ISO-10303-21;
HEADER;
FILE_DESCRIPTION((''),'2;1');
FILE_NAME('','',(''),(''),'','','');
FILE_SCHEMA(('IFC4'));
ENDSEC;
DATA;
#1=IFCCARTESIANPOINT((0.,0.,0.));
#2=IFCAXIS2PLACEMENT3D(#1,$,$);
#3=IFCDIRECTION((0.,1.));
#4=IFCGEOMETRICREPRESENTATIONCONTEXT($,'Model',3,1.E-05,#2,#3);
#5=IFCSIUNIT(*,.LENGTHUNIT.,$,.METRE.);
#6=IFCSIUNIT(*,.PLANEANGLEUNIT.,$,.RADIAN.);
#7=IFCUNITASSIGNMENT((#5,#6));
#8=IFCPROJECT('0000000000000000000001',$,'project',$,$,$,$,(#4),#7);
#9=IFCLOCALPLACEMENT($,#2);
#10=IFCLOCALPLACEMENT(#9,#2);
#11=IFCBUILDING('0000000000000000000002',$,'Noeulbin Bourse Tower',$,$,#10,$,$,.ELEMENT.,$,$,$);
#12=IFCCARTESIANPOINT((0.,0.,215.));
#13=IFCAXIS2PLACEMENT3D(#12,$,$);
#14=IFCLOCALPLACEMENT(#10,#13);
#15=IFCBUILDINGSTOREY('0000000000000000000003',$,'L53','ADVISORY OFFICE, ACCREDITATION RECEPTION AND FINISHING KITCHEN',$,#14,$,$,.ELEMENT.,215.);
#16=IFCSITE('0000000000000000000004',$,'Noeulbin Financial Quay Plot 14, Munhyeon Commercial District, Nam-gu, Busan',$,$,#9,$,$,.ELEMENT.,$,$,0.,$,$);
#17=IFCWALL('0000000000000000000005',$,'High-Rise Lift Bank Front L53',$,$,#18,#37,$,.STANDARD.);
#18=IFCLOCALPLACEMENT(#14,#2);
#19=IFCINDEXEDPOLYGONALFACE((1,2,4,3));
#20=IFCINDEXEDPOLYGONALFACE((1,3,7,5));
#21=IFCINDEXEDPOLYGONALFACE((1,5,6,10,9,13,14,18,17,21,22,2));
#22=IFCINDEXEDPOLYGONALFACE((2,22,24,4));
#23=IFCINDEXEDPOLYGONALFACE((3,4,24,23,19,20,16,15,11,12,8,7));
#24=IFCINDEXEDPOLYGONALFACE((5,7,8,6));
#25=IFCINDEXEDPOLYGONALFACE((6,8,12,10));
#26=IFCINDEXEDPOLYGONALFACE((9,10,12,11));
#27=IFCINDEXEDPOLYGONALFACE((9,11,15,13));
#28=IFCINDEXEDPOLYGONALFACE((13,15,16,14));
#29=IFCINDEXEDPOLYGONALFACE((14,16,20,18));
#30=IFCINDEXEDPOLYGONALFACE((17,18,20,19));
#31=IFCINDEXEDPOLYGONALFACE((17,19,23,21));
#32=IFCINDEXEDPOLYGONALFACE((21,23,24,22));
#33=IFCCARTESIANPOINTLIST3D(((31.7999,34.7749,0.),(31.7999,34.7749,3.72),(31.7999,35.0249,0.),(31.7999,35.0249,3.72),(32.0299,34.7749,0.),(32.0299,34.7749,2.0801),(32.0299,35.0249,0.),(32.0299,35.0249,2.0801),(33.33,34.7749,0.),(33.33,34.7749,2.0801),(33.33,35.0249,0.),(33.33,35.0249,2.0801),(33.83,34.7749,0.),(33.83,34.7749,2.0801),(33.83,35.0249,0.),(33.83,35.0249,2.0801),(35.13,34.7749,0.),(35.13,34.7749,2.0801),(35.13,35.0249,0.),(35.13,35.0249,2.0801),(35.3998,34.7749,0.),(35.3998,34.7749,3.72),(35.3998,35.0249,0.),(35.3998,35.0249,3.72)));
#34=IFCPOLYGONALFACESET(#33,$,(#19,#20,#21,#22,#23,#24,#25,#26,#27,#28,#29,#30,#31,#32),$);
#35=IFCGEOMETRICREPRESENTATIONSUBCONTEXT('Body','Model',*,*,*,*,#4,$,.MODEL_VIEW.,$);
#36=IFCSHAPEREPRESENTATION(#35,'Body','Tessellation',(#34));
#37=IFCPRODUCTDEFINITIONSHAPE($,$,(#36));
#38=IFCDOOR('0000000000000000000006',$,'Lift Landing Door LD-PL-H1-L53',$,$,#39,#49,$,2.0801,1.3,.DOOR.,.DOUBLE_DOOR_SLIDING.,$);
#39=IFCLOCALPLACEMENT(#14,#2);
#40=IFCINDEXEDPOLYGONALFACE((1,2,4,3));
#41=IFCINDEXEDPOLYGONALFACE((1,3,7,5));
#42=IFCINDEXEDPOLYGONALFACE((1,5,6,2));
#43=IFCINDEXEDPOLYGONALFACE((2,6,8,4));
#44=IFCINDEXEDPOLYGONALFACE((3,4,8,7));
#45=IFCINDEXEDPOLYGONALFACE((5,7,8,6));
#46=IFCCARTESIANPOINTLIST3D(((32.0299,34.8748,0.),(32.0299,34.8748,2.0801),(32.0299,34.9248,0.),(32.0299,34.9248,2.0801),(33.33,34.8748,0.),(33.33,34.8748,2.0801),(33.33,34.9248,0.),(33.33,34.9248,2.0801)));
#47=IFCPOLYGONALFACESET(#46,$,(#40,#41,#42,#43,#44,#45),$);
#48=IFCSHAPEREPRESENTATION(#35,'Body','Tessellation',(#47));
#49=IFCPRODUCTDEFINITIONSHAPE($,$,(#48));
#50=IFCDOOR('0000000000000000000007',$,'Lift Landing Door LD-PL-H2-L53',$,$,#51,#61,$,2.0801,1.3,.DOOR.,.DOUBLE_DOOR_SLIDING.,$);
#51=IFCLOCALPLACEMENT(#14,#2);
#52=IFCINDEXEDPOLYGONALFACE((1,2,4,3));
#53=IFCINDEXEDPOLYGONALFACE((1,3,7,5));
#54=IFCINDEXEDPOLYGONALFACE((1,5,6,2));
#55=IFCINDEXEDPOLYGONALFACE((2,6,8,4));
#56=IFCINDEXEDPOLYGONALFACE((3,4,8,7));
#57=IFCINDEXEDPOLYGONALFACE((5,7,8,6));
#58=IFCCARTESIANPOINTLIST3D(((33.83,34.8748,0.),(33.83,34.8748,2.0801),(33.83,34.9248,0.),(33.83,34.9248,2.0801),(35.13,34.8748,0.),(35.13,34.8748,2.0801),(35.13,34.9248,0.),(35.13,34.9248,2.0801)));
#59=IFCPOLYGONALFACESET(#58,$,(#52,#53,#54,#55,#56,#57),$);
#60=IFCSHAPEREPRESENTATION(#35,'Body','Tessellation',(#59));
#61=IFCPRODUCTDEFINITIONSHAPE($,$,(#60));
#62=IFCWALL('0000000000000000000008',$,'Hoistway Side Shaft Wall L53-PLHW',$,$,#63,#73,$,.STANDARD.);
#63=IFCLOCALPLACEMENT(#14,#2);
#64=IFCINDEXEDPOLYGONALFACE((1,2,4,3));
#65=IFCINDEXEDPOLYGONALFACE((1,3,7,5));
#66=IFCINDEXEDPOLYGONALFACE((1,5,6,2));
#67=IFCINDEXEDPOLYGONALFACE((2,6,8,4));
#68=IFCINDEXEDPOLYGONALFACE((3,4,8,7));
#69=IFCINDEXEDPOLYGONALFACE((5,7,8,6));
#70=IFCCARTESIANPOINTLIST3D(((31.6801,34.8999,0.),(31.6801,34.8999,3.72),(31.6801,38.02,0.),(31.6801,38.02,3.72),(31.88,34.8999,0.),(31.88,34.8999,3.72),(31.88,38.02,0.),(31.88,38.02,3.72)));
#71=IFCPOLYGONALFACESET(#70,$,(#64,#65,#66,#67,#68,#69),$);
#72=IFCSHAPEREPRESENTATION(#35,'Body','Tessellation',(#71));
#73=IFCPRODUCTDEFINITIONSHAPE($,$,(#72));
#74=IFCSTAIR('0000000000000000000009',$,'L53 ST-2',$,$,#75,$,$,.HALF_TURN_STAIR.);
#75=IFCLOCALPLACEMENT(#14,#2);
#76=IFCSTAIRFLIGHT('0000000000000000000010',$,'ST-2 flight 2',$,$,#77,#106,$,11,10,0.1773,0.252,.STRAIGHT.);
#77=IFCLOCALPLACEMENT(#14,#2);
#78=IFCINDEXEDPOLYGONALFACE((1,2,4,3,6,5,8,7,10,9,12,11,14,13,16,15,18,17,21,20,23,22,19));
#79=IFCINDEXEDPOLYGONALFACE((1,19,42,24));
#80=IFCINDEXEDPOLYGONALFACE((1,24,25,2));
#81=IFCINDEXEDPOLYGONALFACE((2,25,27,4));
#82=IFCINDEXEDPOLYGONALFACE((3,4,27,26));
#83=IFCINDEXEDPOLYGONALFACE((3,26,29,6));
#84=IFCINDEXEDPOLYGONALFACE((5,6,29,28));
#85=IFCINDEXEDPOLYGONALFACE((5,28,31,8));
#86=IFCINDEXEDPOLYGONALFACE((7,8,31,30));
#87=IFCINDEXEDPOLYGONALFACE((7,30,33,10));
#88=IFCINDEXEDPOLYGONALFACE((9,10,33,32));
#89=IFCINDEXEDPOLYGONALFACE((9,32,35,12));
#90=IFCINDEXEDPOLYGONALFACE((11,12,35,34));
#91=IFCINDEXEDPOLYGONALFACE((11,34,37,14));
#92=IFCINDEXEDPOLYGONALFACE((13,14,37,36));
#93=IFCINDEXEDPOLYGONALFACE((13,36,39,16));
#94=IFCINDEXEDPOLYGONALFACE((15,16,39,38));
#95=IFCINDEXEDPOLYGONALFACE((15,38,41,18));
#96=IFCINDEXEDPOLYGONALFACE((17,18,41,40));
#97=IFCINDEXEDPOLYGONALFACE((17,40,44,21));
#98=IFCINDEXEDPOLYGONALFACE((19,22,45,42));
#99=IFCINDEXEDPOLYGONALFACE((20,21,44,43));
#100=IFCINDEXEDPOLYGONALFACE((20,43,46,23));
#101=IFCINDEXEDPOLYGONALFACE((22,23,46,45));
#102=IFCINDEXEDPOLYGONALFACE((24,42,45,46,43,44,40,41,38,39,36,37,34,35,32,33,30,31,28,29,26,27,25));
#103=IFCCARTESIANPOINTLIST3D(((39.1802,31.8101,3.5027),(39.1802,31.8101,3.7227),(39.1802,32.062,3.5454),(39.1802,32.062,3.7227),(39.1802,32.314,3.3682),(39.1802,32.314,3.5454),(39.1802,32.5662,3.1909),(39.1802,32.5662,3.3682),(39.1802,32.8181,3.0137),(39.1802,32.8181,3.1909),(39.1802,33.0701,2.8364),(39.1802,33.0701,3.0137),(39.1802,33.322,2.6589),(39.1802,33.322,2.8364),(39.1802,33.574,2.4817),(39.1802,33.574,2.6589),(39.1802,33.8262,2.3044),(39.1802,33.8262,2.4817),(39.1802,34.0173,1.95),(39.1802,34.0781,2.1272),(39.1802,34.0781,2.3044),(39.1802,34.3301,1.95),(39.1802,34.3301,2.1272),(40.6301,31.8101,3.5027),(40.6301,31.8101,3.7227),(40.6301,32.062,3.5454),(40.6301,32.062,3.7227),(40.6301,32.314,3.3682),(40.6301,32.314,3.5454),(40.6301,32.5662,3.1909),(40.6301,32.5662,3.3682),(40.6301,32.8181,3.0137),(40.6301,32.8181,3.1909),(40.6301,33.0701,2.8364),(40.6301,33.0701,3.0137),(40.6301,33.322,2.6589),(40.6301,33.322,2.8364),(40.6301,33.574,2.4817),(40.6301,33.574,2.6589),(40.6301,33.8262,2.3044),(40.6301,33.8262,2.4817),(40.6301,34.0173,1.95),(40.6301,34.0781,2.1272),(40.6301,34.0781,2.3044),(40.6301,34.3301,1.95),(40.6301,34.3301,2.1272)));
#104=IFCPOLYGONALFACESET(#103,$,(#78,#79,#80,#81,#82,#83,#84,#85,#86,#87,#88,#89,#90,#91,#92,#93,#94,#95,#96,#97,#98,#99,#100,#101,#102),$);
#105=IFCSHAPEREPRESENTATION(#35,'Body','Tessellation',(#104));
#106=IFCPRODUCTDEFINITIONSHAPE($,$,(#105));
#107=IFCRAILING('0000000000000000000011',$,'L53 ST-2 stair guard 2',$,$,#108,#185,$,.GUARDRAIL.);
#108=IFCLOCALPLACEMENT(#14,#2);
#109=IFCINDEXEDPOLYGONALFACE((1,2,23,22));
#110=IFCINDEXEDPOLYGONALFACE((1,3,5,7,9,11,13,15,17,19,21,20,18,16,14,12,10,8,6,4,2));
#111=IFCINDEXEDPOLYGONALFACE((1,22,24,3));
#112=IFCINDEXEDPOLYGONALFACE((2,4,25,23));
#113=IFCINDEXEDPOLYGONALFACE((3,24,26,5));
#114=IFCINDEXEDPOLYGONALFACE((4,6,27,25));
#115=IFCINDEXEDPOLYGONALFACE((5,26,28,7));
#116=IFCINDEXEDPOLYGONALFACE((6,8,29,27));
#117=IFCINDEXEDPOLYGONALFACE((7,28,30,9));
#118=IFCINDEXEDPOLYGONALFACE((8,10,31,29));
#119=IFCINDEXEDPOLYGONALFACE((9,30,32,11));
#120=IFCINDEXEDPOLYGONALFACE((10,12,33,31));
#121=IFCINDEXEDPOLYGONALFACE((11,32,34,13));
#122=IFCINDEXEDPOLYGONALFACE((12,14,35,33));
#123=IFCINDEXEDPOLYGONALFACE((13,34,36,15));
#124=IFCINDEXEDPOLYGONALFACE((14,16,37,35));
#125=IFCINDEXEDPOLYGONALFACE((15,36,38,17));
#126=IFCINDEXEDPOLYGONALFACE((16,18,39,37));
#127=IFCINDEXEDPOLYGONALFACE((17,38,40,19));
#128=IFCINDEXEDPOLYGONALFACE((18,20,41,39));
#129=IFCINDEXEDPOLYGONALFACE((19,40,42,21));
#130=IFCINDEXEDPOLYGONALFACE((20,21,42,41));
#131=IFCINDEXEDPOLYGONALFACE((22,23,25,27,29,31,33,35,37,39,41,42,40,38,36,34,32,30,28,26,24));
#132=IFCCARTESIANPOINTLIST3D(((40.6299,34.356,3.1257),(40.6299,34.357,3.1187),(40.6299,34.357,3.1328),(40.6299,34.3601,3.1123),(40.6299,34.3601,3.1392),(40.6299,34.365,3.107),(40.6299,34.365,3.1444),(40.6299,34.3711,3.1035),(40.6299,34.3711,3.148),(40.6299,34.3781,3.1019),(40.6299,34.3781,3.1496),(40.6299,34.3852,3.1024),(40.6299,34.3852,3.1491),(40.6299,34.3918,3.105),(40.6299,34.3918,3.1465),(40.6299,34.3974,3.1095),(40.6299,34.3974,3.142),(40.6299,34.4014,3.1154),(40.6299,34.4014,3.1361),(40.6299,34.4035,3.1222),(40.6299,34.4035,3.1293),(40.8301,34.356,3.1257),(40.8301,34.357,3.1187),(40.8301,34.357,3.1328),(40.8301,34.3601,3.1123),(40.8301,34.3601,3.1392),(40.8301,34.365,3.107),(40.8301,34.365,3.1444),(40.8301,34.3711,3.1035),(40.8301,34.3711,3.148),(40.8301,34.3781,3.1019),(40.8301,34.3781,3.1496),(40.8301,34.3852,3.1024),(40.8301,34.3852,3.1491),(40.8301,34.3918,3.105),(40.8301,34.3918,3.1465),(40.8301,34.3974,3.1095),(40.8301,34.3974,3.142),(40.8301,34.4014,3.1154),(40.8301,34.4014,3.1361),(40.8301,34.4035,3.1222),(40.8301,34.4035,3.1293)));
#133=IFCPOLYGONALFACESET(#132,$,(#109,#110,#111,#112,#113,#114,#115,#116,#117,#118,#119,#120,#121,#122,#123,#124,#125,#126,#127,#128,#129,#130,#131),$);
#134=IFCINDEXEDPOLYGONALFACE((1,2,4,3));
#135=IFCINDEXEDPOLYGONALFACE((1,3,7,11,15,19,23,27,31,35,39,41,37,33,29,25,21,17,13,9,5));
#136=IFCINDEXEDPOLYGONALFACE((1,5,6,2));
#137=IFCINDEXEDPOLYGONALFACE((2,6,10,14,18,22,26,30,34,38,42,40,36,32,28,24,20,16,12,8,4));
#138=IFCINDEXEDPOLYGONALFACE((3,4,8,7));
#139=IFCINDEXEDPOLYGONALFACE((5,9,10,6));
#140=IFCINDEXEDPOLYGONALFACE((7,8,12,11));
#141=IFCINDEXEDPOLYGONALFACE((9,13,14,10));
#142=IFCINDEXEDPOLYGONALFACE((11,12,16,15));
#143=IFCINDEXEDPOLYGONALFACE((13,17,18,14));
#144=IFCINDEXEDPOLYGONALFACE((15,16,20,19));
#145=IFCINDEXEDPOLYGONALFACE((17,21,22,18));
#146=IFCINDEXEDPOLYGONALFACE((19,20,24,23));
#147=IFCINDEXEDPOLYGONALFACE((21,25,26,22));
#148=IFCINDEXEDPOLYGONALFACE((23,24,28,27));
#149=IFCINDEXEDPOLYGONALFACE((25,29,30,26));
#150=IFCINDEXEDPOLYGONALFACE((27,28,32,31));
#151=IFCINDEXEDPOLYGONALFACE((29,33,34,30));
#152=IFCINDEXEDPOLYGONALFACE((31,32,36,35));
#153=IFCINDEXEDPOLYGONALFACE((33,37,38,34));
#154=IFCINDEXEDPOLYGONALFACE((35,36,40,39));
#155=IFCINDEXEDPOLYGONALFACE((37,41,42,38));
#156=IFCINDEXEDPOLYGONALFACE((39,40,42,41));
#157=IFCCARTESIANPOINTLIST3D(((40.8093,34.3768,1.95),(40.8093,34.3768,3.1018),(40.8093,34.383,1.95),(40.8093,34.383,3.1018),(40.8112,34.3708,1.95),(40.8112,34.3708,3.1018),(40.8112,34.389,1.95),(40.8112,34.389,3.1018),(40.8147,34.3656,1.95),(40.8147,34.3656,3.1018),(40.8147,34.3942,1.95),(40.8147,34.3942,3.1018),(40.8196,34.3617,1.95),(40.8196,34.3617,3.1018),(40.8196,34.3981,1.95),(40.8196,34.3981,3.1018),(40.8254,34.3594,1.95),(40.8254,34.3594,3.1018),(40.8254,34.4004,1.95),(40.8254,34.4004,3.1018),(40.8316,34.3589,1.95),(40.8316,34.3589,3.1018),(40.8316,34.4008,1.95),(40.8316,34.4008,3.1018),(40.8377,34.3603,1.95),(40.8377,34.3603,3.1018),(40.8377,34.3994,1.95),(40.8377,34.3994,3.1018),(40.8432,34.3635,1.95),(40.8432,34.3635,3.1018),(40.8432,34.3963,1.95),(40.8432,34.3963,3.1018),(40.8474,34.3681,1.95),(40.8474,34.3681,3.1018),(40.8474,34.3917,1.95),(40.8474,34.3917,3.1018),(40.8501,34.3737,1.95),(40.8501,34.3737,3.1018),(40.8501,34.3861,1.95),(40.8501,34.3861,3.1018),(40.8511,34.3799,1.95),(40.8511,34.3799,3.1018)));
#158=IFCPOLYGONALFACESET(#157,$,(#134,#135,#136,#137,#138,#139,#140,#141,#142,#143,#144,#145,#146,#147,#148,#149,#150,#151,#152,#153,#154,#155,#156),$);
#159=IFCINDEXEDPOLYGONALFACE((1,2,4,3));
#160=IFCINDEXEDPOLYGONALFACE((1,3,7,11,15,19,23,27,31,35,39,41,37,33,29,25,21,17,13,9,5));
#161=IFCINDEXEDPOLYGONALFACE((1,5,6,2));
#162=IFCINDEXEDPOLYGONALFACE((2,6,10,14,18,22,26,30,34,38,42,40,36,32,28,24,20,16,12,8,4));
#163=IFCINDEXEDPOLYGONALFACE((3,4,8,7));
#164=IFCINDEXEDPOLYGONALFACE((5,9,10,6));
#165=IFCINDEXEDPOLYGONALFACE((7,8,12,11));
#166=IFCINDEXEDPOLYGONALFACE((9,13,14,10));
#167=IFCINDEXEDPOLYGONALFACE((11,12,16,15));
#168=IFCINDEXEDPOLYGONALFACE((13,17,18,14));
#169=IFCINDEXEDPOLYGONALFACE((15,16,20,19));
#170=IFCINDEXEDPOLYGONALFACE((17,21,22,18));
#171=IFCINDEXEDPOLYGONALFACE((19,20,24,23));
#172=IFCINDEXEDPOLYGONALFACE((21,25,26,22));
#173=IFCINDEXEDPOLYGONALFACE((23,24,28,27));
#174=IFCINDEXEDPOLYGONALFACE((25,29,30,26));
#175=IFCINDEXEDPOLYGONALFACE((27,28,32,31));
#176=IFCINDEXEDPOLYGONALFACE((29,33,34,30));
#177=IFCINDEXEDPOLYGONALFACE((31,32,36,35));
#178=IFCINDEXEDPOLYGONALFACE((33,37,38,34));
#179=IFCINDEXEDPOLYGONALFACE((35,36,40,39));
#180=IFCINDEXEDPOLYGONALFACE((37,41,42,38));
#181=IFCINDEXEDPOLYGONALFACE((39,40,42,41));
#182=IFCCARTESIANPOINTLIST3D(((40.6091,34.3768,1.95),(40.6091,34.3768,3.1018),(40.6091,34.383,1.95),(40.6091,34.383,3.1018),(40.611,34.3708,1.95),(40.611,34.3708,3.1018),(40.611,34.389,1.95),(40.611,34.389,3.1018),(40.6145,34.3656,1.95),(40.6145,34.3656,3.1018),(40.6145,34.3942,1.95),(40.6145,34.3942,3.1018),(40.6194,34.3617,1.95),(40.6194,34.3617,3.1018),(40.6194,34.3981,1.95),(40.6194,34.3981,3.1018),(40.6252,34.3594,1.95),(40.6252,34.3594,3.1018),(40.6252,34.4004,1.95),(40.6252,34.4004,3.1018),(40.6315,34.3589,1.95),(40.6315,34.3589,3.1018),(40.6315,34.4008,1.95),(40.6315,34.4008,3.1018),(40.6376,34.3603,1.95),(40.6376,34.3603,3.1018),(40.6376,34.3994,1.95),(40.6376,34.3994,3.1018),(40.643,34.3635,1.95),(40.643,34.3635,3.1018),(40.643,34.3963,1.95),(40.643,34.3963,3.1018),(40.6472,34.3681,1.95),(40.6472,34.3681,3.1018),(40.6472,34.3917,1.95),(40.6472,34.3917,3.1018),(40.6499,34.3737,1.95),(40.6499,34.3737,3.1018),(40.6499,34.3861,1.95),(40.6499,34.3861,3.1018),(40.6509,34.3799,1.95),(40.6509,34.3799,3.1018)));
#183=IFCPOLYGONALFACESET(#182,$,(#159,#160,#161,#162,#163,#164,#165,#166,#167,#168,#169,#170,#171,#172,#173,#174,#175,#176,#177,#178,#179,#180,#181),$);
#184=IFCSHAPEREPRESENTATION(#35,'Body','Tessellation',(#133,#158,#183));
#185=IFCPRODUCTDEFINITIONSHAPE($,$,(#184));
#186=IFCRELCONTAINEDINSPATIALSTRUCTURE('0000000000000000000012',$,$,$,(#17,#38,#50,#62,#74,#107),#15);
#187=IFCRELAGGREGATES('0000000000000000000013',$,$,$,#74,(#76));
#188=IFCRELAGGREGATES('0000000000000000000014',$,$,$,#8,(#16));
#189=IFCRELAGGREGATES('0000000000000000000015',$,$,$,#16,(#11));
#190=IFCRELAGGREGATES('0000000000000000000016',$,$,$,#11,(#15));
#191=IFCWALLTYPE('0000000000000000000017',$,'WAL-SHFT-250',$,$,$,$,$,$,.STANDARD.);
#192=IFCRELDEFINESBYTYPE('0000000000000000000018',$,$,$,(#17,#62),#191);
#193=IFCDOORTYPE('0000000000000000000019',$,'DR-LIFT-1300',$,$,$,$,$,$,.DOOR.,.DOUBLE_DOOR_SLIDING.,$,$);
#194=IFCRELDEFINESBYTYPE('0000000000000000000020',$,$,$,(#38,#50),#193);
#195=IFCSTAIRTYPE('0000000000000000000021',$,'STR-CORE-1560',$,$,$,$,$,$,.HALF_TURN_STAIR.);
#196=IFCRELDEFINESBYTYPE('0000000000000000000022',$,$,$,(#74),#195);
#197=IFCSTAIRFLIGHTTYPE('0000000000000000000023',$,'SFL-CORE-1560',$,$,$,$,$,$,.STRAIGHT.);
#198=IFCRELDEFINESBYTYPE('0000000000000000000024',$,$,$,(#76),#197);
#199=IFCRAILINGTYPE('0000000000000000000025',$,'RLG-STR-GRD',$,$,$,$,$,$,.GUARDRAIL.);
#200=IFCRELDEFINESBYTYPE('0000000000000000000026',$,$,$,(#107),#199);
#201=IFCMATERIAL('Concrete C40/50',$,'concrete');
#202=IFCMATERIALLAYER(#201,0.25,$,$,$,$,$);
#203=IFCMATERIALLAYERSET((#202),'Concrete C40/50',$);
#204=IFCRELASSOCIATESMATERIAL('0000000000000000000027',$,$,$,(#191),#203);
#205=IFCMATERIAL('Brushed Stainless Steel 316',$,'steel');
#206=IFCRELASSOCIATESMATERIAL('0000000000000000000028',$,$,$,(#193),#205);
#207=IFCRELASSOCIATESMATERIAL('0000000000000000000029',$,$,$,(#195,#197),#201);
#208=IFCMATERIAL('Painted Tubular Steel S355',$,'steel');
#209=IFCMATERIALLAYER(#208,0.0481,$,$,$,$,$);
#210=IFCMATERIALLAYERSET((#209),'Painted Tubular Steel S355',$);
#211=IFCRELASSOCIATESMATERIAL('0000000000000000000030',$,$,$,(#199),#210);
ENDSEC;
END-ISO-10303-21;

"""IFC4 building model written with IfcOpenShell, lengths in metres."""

from ifc_helpers import new_model, si_unit, direction, frame, frame_2d, origin, origin_2d, place, context, subcontext, project, spatial, polyline, rectangle, circle, outline, extrude, material, layer, layer_set, type_object, element, fill, aggregate, save


model = new_model("IFC4")

# Units and contexts
model_context = context("Model", 3, precision=1e-05, world=origin(), true_north=direction((0.0, 1.0)))
body_context = subcontext(model_context, "Body", "Model", "MODEL_VIEW")
ifc_project = project(units=[si_unit("LENGTHUNIT", "METRE"), si_unit("PLANEANGLEUNIT", "RADIAN")], contexts=[model_context])

# Site, building, storey
site_placement = place(None, origin())
site = spatial("IfcSite", under=ifc_project, at=site_placement, Name="Noeulbin Financial Quay Plot 14, Munhyeon Commercial District, Nam-gu, Busan", CompositionType="ELEMENT", RefElevation=0.0)
building_placement = place(site_placement, origin())
building = spatial("IfcBuilding", under=site, at=building_placement, Name="Noeulbin Bourse Tower", CompositionType="ELEMENT")
storey_placement = place(building_placement, frame((0.0, 0.0, 215.0)))
storey = spatial("IfcBuildingStorey", under=building, at=storey_placement, Name="L53", Description="ADVISORY OFFICE, ACCREDITATION RECEPTION AND FINISHING KITCHEN", CompositionType="ELEMENT", Elevation=215.0)

# Shared definitions
ifc_material_1 = material(Name="Concrete C40/50", Category="concrete")
ifc_layer_1 = layer(ifc_material_1, 0.25)
ifc_layer_set_1 = layer_set([ifc_layer_1], Name="Concrete C40/50")
wall_type = type_object("IfcWallType", Name="WAL-SHFT-250", PredefinedType="STANDARD", material=ifc_layer_set_1)

# Wall, openings, doors
wall_1_placement = place(storey_placement, frame((31.8, 34.8999, 0.0), z_axis=(0.0, 0.0, 1.0), x_axis=(1.0, 0.0, 0.0)))
wall_1 = element("IfcWall", 1, at=wall_1_placement, inside=storey, type_object=wall_type, Name="High-Rise Lift Bank Front L53", PredefinedType="STANDARD", context=body_context, shape_type="SweptSolid", body=[
    extrude(rectangle(XDim=3.5999, YDim=0.25, at=frame_2d((1.7998, 0.0))), origin(), (0.0, 0.0, 1.0), 3.72),
])
opening_1_placement = place(wall_1_placement, frame((0.23, 0.0, 0.0)))
opening_1 = element("IfcOpeningElement", 2, at=opening_1_placement, cuts=wall_1, PredefinedType="OPENING", context=body_context, shape_type="SweptSolid", body=[
    extrude(rectangle(XDim=1.3, YDim=2.0801, at=frame_2d((0.6499, 1.04))), frame((0.0, 0.135, 0.0), z_axis=(0.0, -1.0, 0.0), x_axis=(1.0, 0.0, 0.0)), (0.0, 0.0, 1.0), 0.27),
])
opening_2_placement = place(wall_1_placement, frame((2.03, 0.0, 0.0)))
opening_2 = element("IfcOpeningElement", 3, at=opening_2_placement, cuts=wall_1, PredefinedType="OPENING", context=body_context, shape_type="SweptSolid", body=[
    extrude(rectangle(XDim=1.3, YDim=2.0801, at=frame_2d((0.6499, 1.04))), frame((0.0, 0.135, 0.0), z_axis=(0.0, -1.0, 0.0), x_axis=(1.0, 0.0, 0.0)), (0.0, 0.0, 1.0), 0.27),
])
ifc_material_2 = material(Name="Brushed Stainless Steel 316", Category="steel")
door_type = type_object("IfcDoorType", Name="DR-LIFT-1300", OperationType="DOUBLE_DOOR_SLIDING", PredefinedType="DOOR", material=ifc_material_2)
door_1_placement = place(opening_1_placement, origin())
door_1 = element("IfcDoor", 4, at=door_1_placement, inside=storey, type_object=door_type, Name="Lift Landing Door LD-PL-H1-L53", OperationType="DOUBLE_DOOR_SLIDING", OverallHeight=2.0801, OverallWidth=1.3, PredefinedType="DOOR", context=body_context, shape_type="SweptSolid", body=[
    extrude(rectangle(XDim=1.3, YDim=2.0801, at=frame_2d((0.6499, 1.04))), frame((0.0, 0.0249, 0.0), z_axis=(0.0, -1.0, 0.0), x_axis=(1.0, 0.0, 0.0)), (0.0, 0.0, 1.0), 0.05),
])
fill(opening_1, door_1)
door_2_placement = place(opening_2_placement, origin())
door_2 = element("IfcDoor", 5, at=door_2_placement, inside=storey, type_object=door_type, Name="Lift Landing Door LD-PL-H2-L53", OperationType="DOUBLE_DOOR_SLIDING", OverallHeight=2.0801, OverallWidth=1.3, PredefinedType="DOOR", context=body_context, shape_type="SweptSolid", body=[
    extrude(rectangle(XDim=1.3, YDim=2.0801, at=frame_2d((0.6499, 1.04))), frame((0.0, 0.0249, 0.0), z_axis=(0.0, -1.0, 0.0), x_axis=(1.0, 0.0, 0.0)), (0.0, 0.0, 1.0), 0.05),
])
fill(opening_2, door_2)

# Wall
wall_2_placement = place(storey_placement, frame((31.78, 34.8999, 0.0), z_axis=(0.0, 0.0, 1.0), x_axis=(0.0, 1.0, 0.0)))
element("IfcWall", 6, at=wall_2_placement, inside=storey, type_object=wall_type, Name="Hoistway Side Shaft Wall L53-PLHW", PredefinedType="STANDARD", context=body_context, shape_type="SweptSolid", body=[
    extrude(rectangle(XDim=3.1201, YDim=0.2, at=frame_2d((1.5601, 0.0))), origin(), (0.0, 0.0, 1.0), 3.72),
])

# Stair, stair flight
stair_type = type_object("IfcStairType", Name="STR-CORE-1560", PredefinedType="HALF_TURN_STAIR", material=ifc_material_1)
stair_placement = place(storey_placement, origin())
stair = element("IfcStair", 7, at=stair_placement, inside=storey, type_object=stair_type, Name="L53 ST-2", PredefinedType="HALF_TURN_STAIR")
stair_flight_type = type_object("IfcStairFlightType", Name="SFL-CORE-1560", PredefinedType="STRAIGHT", material=ifc_material_1)
stair_flight_placement = place(storey_placement, frame((39.905, 34.3301, 1.95), z_axis=(0.0, 0.0, 1.0), x_axis=(0.0, -1.0, 0.0)))
stair_flight = element("IfcStairFlight", 8, at=stair_flight_placement, type_object=stair_flight_type, Name="ST-2 flight 2", NumberOfRisers=11, NumberOfTreads=10, PredefinedType="STRAIGHT", RiserHeight=0.1773, TreadLength=0.252, context=body_context, shape_type="SweptSolid", body=[
    extrude(outline(polyline([(0.0, 0.0), (0.0, 0.1772), (0.252, 0.1772), (0.252, 0.3545), (0.5039, 0.3545), (0.5039, 0.5317), (0.7561, 0.5317), (0.7561, 0.709), (1.0081, 0.709), (1.0081, 0.8865), (1.26, 0.8865), (1.26, 1.0637), (1.512, 1.0637), (1.512, 1.241), (1.7639, 1.241), (1.7639, 1.4182), (2.0161, 1.4182), (2.0161, 1.5955), (2.2681, 1.5955), (2.2681, 1.7727), (2.52, 1.7727), (2.52, 1.95), (2.52, 1.5527), (0.3127, 0.0), (0.0, 0.0)])), frame((0.0, 0.7251, 0.0), z_axis=(0.0, -1.0, 0.0), x_axis=(1.0, 0.0, 0.0)), (0.0, 0.0, 1.0), 1.45),
])
aggregate(stair, [stair_flight])

# Railing
ifc_material_3 = material(Name="Painted Tubular Steel S355", Category="steel")
ifc_layer_2 = layer(ifc_material_3, 0.0481)
ifc_layer_set_2 = layer_set([ifc_layer_2], Name="Painted Tubular Steel S355")
railing_type_1 = type_object("IfcRailingType", Name="RLG-STR-GRD", PredefinedType="GUARDRAIL", material=ifc_layer_set_2)
railing_1_placement = place(storey_placement, frame((40.8301, 34.3799, 1.95)))
element("IfcRailing", 9, at=railing_1_placement, inside=storey, type_object=railing_type_1, Name="L53 ST-2 stair guard 2", PredefinedType="GUARDRAIL", context=body_context, shape_type="SweptSolid", body=[
    extrude(circle(Radius=0.0239, at=origin_2d()), frame((0.0, 0.0, 1.1758), z_axis=(-1.0, 0.0, 0.0), x_axis=(0.0, -1.0, 0.0)), (0.0, 0.0, 1.0), 0.2002),
    extrude(circle(Radius=0.021, at=origin_2d()), origin(), (0.0, 0.0, 1.0), 1.1519),
    extrude(circle(Radius=0.021, at=origin_2d()), frame((-0.2002, 0.0, 0.0)), (0.0, 0.0, 1.0), 1.1519),
])

save(model, "model.ifc")
